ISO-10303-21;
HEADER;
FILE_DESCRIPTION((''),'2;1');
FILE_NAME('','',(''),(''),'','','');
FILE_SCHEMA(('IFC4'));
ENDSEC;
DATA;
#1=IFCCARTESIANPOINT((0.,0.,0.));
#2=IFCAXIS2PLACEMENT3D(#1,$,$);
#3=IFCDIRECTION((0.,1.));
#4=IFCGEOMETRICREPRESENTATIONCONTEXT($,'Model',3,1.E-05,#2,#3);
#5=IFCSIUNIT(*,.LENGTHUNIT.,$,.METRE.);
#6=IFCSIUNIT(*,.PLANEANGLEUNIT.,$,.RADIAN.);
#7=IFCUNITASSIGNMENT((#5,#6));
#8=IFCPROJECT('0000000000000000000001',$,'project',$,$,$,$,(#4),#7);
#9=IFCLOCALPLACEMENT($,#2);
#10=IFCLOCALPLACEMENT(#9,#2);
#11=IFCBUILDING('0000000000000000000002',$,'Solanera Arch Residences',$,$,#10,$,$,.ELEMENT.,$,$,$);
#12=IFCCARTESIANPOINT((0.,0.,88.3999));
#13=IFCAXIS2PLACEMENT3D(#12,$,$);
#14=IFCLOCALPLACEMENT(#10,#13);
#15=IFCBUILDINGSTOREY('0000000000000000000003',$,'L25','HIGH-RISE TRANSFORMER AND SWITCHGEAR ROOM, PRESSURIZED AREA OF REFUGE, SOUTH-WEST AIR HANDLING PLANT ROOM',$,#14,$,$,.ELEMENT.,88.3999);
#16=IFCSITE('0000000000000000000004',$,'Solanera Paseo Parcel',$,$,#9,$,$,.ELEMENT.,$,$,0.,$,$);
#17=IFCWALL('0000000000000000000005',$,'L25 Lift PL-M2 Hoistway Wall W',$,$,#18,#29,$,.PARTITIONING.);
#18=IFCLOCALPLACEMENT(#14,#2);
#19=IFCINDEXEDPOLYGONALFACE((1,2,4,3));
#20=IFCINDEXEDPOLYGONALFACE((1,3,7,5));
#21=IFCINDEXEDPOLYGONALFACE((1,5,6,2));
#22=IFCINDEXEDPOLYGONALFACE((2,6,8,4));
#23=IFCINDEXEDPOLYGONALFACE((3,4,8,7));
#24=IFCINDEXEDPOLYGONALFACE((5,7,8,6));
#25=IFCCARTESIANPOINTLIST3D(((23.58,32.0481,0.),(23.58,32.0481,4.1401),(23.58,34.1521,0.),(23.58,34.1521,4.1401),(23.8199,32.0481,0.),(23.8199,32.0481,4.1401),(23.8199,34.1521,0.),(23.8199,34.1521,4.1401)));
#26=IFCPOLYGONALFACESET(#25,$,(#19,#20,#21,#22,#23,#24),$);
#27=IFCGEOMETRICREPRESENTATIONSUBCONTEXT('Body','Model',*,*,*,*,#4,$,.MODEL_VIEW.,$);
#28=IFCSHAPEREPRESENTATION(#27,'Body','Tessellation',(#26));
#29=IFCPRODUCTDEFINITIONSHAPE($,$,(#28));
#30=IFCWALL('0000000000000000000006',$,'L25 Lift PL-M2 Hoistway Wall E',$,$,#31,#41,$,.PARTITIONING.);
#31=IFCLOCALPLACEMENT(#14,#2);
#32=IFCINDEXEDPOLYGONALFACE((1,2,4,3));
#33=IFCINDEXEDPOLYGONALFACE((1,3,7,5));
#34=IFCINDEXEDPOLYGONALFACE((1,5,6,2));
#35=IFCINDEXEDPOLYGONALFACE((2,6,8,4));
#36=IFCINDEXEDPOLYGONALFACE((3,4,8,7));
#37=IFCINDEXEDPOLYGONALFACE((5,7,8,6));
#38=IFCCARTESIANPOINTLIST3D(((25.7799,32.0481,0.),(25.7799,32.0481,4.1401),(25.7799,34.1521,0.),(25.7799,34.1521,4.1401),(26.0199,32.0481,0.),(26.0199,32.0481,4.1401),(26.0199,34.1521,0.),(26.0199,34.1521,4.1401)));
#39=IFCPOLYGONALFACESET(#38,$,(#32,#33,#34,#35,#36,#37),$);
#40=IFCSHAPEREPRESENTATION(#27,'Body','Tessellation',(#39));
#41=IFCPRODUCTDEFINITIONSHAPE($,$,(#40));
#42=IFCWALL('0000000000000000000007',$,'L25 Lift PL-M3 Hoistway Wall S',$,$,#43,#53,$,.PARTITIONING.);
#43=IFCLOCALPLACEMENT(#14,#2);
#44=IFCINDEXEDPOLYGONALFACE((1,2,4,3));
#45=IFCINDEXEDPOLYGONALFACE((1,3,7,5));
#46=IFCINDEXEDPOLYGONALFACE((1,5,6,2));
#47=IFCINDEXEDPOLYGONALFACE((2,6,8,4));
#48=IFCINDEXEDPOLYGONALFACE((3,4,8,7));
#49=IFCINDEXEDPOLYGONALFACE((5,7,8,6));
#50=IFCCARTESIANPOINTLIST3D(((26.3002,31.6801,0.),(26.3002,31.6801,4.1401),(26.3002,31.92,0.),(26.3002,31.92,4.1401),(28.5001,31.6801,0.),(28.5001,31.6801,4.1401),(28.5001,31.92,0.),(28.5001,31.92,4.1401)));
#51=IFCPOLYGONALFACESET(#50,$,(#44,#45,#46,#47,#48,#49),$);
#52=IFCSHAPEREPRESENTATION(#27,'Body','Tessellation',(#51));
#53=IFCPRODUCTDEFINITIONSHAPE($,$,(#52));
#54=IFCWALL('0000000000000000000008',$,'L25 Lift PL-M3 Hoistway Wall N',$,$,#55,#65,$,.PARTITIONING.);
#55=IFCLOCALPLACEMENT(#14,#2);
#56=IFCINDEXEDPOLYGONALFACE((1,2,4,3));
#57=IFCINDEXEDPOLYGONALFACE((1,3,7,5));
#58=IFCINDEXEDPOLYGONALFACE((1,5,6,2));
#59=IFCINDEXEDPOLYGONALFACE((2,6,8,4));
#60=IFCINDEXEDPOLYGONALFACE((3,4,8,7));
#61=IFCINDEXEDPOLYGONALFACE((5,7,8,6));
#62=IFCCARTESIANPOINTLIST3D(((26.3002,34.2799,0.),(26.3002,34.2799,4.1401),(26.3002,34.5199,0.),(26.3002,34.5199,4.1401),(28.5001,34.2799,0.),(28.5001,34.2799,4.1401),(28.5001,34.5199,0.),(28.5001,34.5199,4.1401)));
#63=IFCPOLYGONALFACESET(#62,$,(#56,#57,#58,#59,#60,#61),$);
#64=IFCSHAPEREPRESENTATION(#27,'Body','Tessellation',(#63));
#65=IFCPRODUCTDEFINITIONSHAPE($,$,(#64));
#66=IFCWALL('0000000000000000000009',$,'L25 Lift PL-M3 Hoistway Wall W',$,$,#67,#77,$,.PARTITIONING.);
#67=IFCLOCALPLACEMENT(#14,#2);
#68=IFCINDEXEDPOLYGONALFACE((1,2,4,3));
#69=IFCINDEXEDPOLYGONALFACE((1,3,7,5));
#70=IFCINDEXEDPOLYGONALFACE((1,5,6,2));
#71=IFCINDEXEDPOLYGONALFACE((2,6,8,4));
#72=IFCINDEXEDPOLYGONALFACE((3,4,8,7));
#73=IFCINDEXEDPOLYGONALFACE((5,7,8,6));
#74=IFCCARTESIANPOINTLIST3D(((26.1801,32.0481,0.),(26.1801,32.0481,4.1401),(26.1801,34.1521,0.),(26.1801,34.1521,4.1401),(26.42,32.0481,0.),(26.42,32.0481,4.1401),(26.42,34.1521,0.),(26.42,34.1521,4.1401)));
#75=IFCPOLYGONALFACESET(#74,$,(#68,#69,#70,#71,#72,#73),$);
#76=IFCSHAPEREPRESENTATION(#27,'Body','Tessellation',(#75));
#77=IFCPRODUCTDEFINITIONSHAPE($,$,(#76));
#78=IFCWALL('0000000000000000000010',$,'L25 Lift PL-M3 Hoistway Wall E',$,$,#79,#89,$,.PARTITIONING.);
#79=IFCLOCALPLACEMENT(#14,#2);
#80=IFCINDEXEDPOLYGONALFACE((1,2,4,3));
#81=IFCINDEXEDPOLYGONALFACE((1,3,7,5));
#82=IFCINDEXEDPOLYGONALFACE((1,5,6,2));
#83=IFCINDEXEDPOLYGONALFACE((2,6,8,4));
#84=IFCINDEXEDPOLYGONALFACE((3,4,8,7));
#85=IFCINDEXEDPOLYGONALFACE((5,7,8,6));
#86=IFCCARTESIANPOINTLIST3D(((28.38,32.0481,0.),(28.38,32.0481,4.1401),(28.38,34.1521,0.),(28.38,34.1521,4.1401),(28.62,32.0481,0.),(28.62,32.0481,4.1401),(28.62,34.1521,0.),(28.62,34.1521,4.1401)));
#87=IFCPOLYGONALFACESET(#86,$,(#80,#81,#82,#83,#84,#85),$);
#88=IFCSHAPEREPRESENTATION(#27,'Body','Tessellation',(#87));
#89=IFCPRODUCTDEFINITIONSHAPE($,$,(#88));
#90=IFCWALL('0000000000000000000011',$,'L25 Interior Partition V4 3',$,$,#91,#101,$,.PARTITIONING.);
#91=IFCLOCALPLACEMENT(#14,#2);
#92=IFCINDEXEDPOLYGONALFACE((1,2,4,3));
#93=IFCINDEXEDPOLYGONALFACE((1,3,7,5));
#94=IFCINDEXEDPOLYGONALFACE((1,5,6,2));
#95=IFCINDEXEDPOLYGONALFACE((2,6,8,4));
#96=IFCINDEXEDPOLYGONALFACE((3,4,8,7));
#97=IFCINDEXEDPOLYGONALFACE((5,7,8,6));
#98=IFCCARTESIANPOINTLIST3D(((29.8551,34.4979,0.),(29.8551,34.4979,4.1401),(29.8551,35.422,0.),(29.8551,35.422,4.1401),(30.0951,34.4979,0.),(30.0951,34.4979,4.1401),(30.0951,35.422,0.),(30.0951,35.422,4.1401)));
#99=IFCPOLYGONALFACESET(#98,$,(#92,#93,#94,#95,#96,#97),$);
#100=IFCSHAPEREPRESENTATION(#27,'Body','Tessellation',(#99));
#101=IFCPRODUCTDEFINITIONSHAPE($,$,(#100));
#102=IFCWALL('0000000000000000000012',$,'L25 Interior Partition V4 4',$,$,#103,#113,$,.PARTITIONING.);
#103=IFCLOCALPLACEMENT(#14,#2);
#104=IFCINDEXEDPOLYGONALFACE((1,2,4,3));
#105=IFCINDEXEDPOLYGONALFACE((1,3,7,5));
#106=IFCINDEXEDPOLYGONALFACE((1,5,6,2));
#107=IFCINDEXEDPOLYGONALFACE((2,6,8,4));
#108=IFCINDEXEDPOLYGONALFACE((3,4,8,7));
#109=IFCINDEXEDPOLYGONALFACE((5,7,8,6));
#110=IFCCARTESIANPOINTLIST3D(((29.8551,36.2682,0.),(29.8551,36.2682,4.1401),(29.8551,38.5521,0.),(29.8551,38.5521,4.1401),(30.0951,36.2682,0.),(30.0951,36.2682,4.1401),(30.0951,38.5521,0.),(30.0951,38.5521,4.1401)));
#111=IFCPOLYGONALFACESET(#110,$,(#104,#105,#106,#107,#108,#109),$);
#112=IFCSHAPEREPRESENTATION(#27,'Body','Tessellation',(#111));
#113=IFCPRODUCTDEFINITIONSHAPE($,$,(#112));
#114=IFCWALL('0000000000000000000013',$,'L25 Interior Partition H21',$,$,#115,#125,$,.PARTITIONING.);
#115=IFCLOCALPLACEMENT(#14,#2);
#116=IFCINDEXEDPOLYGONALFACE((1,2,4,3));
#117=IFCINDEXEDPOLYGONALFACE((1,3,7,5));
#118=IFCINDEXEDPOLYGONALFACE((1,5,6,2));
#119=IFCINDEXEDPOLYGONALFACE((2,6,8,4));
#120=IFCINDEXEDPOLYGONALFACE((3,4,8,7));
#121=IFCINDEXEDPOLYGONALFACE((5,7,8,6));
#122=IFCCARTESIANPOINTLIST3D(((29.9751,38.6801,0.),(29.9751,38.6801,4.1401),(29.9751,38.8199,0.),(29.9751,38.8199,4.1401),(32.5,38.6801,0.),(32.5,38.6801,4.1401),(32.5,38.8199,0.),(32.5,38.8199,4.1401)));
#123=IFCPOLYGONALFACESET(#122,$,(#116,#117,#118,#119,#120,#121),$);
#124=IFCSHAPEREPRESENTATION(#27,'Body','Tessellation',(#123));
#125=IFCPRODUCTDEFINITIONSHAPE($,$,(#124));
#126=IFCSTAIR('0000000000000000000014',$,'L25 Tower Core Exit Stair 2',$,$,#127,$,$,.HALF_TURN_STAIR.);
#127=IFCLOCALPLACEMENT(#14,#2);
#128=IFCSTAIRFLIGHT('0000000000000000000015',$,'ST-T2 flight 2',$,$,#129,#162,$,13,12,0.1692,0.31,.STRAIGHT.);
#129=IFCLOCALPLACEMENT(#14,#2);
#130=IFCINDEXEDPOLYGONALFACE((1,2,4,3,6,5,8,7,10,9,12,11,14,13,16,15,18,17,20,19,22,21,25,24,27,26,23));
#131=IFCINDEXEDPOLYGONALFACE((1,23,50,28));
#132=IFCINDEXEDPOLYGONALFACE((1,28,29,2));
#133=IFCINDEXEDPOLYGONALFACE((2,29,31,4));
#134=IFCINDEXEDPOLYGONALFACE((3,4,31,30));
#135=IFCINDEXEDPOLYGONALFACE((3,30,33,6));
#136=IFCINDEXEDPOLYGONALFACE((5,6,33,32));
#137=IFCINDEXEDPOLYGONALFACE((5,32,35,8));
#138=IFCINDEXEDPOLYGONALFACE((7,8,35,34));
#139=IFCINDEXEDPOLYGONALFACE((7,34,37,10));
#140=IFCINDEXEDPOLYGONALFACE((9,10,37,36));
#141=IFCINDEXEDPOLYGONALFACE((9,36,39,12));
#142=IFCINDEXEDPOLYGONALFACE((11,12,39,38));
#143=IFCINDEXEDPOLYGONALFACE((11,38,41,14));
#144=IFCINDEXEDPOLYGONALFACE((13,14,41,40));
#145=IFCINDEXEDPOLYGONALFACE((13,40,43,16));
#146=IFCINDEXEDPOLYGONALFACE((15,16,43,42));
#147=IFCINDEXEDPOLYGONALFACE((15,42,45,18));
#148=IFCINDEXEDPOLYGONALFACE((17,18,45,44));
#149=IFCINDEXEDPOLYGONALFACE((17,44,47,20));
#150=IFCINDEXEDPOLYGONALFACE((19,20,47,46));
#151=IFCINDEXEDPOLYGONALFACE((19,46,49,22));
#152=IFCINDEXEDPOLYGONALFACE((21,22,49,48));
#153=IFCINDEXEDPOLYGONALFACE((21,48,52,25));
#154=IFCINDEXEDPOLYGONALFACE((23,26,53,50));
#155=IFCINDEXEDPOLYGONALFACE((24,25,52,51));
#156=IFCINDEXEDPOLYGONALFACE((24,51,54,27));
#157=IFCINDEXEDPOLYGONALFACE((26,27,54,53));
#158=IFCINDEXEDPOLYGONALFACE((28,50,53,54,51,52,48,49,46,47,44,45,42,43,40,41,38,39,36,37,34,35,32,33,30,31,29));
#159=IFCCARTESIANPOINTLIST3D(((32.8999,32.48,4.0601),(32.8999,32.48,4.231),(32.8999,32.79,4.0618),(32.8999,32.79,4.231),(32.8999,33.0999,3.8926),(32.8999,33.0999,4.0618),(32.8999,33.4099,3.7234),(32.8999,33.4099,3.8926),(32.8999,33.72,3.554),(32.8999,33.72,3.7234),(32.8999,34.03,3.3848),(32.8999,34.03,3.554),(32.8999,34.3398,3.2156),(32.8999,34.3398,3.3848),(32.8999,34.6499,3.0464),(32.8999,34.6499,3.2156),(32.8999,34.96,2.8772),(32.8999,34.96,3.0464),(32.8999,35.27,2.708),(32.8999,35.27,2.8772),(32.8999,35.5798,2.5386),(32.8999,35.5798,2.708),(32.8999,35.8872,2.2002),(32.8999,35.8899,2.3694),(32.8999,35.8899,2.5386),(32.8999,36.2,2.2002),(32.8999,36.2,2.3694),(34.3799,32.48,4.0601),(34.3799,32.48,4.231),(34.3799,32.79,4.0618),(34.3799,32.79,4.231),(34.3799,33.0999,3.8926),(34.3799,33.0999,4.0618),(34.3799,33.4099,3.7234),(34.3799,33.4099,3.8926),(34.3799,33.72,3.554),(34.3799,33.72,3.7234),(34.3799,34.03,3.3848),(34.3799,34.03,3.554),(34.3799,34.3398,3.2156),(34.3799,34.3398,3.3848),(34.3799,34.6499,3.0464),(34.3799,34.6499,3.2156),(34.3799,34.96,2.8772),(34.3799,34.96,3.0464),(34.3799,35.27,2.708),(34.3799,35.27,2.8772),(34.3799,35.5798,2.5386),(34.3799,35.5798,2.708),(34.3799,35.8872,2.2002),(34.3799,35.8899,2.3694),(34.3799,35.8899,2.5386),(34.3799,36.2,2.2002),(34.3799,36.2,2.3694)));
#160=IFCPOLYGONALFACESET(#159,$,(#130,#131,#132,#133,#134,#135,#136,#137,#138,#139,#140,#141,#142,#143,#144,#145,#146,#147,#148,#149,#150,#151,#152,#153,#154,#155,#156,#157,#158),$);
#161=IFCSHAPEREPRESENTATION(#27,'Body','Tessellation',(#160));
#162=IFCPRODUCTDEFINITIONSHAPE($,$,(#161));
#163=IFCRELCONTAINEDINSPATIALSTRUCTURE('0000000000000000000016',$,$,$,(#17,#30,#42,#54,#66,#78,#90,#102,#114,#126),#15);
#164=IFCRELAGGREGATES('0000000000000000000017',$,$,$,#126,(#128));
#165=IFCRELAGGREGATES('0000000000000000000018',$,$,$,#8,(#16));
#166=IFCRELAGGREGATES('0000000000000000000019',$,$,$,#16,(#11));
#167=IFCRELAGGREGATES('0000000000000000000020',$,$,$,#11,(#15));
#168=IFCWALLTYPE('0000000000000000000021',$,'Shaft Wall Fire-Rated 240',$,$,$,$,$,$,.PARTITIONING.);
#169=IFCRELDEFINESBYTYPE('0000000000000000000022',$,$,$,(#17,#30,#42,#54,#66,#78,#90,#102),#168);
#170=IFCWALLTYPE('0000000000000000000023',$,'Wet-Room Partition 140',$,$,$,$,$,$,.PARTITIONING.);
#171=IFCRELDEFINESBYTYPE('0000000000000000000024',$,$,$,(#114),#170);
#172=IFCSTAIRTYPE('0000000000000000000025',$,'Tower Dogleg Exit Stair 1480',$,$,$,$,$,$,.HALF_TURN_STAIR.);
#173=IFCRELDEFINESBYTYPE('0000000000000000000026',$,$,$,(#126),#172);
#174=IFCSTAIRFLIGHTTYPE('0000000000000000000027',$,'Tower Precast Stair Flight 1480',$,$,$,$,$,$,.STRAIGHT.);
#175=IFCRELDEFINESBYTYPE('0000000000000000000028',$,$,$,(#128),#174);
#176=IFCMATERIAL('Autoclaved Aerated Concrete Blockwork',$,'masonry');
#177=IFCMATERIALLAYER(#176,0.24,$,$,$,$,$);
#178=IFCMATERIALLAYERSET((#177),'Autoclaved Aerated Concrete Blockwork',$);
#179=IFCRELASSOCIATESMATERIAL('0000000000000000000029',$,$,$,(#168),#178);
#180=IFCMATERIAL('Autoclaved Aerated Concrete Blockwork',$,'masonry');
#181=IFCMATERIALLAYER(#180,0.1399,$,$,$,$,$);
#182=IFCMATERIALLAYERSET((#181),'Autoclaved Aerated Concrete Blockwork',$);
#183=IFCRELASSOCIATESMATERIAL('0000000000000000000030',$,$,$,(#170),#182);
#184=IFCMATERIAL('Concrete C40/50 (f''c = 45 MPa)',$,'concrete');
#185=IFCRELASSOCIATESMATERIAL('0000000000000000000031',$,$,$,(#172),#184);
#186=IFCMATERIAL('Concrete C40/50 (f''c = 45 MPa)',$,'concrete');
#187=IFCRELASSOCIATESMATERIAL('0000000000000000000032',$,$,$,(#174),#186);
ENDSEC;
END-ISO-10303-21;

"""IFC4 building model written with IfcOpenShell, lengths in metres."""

from ifc_helpers import new_model, si_unit, direction, frame, frame_2d, origin, place, context, subcontext, project, spatial, polyline, rectangle, outline, extrude, material, layer, layer_set, type_object, element, aggregate, save


model = new_model("IFC4")

# Units and contexts
model_context = context("Model", 3, precision=1e-05, world=origin(), true_north=direction((0.0, 1.0)))
body_context = subcontext(model_context, "Body", "Model", "MODEL_VIEW")
ifc_project = project(units=[si_unit("LENGTHUNIT", "METRE"), si_unit("PLANEANGLEUNIT", "RADIAN")], contexts=[model_context])

# Site, building, storey
site_placement = place(None, origin())
site = spatial("IfcSite", under=ifc_project, at=site_placement, Name="Solanera Paseo Parcel", CompositionType="ELEMENT", RefElevation=0.0)
building_placement = place(site_placement, origin())
building = spatial("IfcBuilding", under=site, at=building_placement, Name="Solanera Arch Residences", CompositionType="ELEMENT")
storey_placement = place(building_placement, frame((0.0, 0.0, 88.3999)))
storey = spatial("IfcBuildingStorey", under=building, at=storey_placement, Name="L25", Description="HIGH-RISE TRANSFORMER AND SWITCHGEAR ROOM, PRESSURIZED AREA OF REFUGE, SOUTH-WEST AIR HANDLING PLANT ROOM", CompositionType="ELEMENT", Elevation=88.3999)

# Walls
ifc_material_1 = material(Name="Autoclaved Aerated Concrete Blockwork", Category="masonry")
ifc_layer_1 = layer(ifc_material_1, 0.24)
ifc_layer_set_1 = layer_set([ifc_layer_1], Name="Autoclaved Aerated Concrete Blockwork")
wall_type_1 = type_object("IfcWallType", Name="Shaft Wall Fire-Rated 240", PredefinedType="PARTITIONING", material=ifc_layer_set_1)
for number, where, z_axis, x_axis, name in (
    (1, (23.7, 32.0481, 0.0), (0.0, 0.0, 1.0), (0.0, 1.0, 0.0), "L25 Lift PL-M2 Hoistway Wall W"),
    (2, (25.8999, 32.0481, 0.0), (0.0, 0.0, 1.0), (0.0, 1.0, 0.0), "L25 Lift PL-M2 Hoistway Wall E"),
):
    element("IfcWall", number, at=place(storey_placement, frame(where, z_axis=z_axis, x_axis=x_axis)), inside=storey, type_object=wall_type_1, Name=name, PredefinedType="PARTITIONING", context=body_context, shape_type="SweptSolid", body=[
        extrude(rectangle(XDim=2.104, YDim=0.24, at=frame_2d((1.052, 0.0))), origin(), (0.0, 0.0, 1.0), 4.1401),
    ])
for number, where, z_axis, x_axis, name in (
    (3, (26.3, 31.8, 0.0), (0.0, 0.0, 1.0), (1.0, 0.0, 0.0), "L25 Lift PL-M3 Hoistway Wall S"),
    (4, (26.3, 34.3999, 0.0), (0.0, 0.0, 1.0), (1.0, 0.0, 0.0), "L25 Lift PL-M3 Hoistway Wall N"),
):
    element("IfcWall", number, at=place(storey_placement, frame(where, z_axis=z_axis, x_axis=x_axis)), inside=storey, type_object=wall_type_1, Name=name, PredefinedType="PARTITIONING", context=body_context, shape_type="SweptSolid", body=[
        extrude(rectangle(XDim=2.2, YDim=0.24, at=frame_2d((1.1001, 0.0))), origin(), (0.0, 0.0, 1.0), 4.1401),
    ])
for number, where, z_axis, x_axis, name in (
    (5, (26.3, 32.0481, 0.0), (0.0, 0.0, 1.0), (0.0, 1.0, 0.0), "L25 Lift PL-M3 Hoistway Wall W"),
    (6, (28.5, 32.0481, 0.0), (0.0, 0.0, 1.0), (0.0, 1.0, 0.0), "L25 Lift PL-M3 Hoistway Wall E"),
):
    element("IfcWall", number, at=place(storey_placement, frame(where, z_axis=z_axis, x_axis=x_axis)), inside=storey, type_object=wall_type_1, Name=name, PredefinedType="PARTITIONING", context=body_context, shape_type="SweptSolid", body=[
        extrude(rectangle(XDim=2.104, YDim=0.24, at=frame_2d((1.052, 0.0))), origin(), (0.0, 0.0, 1.0), 4.1401),
    ])

# Walls
wall_1_placement = place(storey_placement, frame((29.9751, 34.498, 0.0), z_axis=(0.0, 0.0, 1.0), x_axis=(0.0, 1.0, 0.0)))
element("IfcWall", 7, at=wall_1_placement, inside=storey, type_object=wall_type_1, Name="L25 Interior Partition V4 3", PredefinedType="PARTITIONING", context=body_context, shape_type="SweptSolid", body=[
    extrude(rectangle(XDim=0.9241, YDim=0.24, at=frame_2d((0.4619, 0.0))), origin(), (0.0, 0.0, 1.0), 4.1401),
])
wall_2_placement = place(storey_placement, frame((29.9751, 36.2681, 0.0), z_axis=(0.0, 0.0, 1.0), x_axis=(0.0, 1.0, 0.0)))
element("IfcWall", 8, at=wall_2_placement, inside=storey, type_object=wall_type_1, Name="L25 Interior Partition V4 4", PredefinedType="PARTITIONING", context=body_context, shape_type="SweptSolid", body=[
    extrude(rectangle(XDim=2.2839, YDim=0.24, at=frame_2d((1.1421, 0.0))), origin(), (0.0, 0.0, 1.0), 4.1401),
])
ifc_material_2 = material(Name="Autoclaved Aerated Concrete Blockwork", Category="masonry")
ifc_layer_2 = layer(ifc_material_2, 0.1399)
ifc_layer_set_2 = layer_set([ifc_layer_2], Name="Autoclaved Aerated Concrete Blockwork")
wall_type_2 = type_object("IfcWallType", Name="Wet-Room Partition 140", PredefinedType="PARTITIONING", material=ifc_layer_set_2)
wall_3_placement = place(storey_placement, frame((29.9751, 38.75, 0.0), z_axis=(0.0, 0.0, 1.0), x_axis=(1.0, 0.0, 0.0)))
element("IfcWall", 9, at=wall_3_placement, inside=storey, type_object=wall_type_2, Name="L25 Interior Partition H21", PredefinedType="PARTITIONING", context=body_context, shape_type="SweptSolid", body=[
    extrude(rectangle(XDim=2.5249, YDim=0.1399, at=frame_2d((1.2625, 0.0))), origin(), (0.0, 0.0, 1.0), 4.1401),
])

# Stair, stair flight
ifc_material_3 = material(Name="Concrete C40/50 (f'c = 45 MPa)", Category="concrete")
stair_type = type_object("IfcStairType", Name="Tower Dogleg Exit Stair 1480", PredefinedType="HALF_TURN_STAIR", material=ifc_material_3)
stair_placement = place(storey_placement, origin())
stair = element("IfcStair", 10, at=stair_placement, inside=storey, type_object=stair_type, Name="L25 Tower Core Exit Stair 2", PredefinedType="HALF_TURN_STAIR")
ifc_material_4 = material(Name="Concrete C40/50 (f'c = 45 MPa)", Category="concrete")
stair_flight_type = type_object("IfcStairFlightType", Name="Tower Precast Stair Flight 1480", PredefinedType="STRAIGHT", material=ifc_material_4)
stair_flight_placement = place(storey_placement, frame((33.6399, 36.2, 2.2002), z_axis=(0.0, 0.0, 1.0), x_axis=(0.0, -1.0, 0.0)))
stair_flight = element("IfcStairFlight", 11, at=stair_flight_placement, type_object=stair_flight_type, Name="ST-T2 flight 2", NumberOfRisers=13, NumberOfTreads=12, PredefinedType="STRAIGHT", RiserHeight=0.1692, TreadLength=0.31, context=body_context, shape_type="SweptSolid", body=[
    extrude(outline(polyline([(0.0, 0.0), (0.0, 0.1692), (0.3101, 0.1692), (0.3101, 0.3384), (0.6201, 0.3384), (0.6201, 0.5078), (0.9299, 0.5078), (0.9299, 0.677), (1.24, 0.677), (1.24, 0.8462), (1.55, 0.8462), (1.55, 1.0154), (1.8601, 1.0154), (1.8601, 1.1846), (2.1699, 1.1846), (2.1699, 1.3538), (2.48, 1.3538), (2.48, 1.5232), (2.79, 1.5232), (2.79, 1.6924), (3.1001, 1.6924), (3.1001, 1.8616), (3.4099, 1.8616), (3.4099, 2.0308), (3.72, 2.0308), (3.72, 2.2), (3.72, 1.8599), (0.3127, 0.0), (0.0, 0.0)])), frame((0.0, 0.74, 0.0), z_axis=(0.0, -1.0, 0.0), x_axis=(1.0, 0.0, 0.0)), (0.0, 0.0, 1.0), 1.48),
])
aggregate(stair, [stair_flight])

save(model, "model.ifc")
